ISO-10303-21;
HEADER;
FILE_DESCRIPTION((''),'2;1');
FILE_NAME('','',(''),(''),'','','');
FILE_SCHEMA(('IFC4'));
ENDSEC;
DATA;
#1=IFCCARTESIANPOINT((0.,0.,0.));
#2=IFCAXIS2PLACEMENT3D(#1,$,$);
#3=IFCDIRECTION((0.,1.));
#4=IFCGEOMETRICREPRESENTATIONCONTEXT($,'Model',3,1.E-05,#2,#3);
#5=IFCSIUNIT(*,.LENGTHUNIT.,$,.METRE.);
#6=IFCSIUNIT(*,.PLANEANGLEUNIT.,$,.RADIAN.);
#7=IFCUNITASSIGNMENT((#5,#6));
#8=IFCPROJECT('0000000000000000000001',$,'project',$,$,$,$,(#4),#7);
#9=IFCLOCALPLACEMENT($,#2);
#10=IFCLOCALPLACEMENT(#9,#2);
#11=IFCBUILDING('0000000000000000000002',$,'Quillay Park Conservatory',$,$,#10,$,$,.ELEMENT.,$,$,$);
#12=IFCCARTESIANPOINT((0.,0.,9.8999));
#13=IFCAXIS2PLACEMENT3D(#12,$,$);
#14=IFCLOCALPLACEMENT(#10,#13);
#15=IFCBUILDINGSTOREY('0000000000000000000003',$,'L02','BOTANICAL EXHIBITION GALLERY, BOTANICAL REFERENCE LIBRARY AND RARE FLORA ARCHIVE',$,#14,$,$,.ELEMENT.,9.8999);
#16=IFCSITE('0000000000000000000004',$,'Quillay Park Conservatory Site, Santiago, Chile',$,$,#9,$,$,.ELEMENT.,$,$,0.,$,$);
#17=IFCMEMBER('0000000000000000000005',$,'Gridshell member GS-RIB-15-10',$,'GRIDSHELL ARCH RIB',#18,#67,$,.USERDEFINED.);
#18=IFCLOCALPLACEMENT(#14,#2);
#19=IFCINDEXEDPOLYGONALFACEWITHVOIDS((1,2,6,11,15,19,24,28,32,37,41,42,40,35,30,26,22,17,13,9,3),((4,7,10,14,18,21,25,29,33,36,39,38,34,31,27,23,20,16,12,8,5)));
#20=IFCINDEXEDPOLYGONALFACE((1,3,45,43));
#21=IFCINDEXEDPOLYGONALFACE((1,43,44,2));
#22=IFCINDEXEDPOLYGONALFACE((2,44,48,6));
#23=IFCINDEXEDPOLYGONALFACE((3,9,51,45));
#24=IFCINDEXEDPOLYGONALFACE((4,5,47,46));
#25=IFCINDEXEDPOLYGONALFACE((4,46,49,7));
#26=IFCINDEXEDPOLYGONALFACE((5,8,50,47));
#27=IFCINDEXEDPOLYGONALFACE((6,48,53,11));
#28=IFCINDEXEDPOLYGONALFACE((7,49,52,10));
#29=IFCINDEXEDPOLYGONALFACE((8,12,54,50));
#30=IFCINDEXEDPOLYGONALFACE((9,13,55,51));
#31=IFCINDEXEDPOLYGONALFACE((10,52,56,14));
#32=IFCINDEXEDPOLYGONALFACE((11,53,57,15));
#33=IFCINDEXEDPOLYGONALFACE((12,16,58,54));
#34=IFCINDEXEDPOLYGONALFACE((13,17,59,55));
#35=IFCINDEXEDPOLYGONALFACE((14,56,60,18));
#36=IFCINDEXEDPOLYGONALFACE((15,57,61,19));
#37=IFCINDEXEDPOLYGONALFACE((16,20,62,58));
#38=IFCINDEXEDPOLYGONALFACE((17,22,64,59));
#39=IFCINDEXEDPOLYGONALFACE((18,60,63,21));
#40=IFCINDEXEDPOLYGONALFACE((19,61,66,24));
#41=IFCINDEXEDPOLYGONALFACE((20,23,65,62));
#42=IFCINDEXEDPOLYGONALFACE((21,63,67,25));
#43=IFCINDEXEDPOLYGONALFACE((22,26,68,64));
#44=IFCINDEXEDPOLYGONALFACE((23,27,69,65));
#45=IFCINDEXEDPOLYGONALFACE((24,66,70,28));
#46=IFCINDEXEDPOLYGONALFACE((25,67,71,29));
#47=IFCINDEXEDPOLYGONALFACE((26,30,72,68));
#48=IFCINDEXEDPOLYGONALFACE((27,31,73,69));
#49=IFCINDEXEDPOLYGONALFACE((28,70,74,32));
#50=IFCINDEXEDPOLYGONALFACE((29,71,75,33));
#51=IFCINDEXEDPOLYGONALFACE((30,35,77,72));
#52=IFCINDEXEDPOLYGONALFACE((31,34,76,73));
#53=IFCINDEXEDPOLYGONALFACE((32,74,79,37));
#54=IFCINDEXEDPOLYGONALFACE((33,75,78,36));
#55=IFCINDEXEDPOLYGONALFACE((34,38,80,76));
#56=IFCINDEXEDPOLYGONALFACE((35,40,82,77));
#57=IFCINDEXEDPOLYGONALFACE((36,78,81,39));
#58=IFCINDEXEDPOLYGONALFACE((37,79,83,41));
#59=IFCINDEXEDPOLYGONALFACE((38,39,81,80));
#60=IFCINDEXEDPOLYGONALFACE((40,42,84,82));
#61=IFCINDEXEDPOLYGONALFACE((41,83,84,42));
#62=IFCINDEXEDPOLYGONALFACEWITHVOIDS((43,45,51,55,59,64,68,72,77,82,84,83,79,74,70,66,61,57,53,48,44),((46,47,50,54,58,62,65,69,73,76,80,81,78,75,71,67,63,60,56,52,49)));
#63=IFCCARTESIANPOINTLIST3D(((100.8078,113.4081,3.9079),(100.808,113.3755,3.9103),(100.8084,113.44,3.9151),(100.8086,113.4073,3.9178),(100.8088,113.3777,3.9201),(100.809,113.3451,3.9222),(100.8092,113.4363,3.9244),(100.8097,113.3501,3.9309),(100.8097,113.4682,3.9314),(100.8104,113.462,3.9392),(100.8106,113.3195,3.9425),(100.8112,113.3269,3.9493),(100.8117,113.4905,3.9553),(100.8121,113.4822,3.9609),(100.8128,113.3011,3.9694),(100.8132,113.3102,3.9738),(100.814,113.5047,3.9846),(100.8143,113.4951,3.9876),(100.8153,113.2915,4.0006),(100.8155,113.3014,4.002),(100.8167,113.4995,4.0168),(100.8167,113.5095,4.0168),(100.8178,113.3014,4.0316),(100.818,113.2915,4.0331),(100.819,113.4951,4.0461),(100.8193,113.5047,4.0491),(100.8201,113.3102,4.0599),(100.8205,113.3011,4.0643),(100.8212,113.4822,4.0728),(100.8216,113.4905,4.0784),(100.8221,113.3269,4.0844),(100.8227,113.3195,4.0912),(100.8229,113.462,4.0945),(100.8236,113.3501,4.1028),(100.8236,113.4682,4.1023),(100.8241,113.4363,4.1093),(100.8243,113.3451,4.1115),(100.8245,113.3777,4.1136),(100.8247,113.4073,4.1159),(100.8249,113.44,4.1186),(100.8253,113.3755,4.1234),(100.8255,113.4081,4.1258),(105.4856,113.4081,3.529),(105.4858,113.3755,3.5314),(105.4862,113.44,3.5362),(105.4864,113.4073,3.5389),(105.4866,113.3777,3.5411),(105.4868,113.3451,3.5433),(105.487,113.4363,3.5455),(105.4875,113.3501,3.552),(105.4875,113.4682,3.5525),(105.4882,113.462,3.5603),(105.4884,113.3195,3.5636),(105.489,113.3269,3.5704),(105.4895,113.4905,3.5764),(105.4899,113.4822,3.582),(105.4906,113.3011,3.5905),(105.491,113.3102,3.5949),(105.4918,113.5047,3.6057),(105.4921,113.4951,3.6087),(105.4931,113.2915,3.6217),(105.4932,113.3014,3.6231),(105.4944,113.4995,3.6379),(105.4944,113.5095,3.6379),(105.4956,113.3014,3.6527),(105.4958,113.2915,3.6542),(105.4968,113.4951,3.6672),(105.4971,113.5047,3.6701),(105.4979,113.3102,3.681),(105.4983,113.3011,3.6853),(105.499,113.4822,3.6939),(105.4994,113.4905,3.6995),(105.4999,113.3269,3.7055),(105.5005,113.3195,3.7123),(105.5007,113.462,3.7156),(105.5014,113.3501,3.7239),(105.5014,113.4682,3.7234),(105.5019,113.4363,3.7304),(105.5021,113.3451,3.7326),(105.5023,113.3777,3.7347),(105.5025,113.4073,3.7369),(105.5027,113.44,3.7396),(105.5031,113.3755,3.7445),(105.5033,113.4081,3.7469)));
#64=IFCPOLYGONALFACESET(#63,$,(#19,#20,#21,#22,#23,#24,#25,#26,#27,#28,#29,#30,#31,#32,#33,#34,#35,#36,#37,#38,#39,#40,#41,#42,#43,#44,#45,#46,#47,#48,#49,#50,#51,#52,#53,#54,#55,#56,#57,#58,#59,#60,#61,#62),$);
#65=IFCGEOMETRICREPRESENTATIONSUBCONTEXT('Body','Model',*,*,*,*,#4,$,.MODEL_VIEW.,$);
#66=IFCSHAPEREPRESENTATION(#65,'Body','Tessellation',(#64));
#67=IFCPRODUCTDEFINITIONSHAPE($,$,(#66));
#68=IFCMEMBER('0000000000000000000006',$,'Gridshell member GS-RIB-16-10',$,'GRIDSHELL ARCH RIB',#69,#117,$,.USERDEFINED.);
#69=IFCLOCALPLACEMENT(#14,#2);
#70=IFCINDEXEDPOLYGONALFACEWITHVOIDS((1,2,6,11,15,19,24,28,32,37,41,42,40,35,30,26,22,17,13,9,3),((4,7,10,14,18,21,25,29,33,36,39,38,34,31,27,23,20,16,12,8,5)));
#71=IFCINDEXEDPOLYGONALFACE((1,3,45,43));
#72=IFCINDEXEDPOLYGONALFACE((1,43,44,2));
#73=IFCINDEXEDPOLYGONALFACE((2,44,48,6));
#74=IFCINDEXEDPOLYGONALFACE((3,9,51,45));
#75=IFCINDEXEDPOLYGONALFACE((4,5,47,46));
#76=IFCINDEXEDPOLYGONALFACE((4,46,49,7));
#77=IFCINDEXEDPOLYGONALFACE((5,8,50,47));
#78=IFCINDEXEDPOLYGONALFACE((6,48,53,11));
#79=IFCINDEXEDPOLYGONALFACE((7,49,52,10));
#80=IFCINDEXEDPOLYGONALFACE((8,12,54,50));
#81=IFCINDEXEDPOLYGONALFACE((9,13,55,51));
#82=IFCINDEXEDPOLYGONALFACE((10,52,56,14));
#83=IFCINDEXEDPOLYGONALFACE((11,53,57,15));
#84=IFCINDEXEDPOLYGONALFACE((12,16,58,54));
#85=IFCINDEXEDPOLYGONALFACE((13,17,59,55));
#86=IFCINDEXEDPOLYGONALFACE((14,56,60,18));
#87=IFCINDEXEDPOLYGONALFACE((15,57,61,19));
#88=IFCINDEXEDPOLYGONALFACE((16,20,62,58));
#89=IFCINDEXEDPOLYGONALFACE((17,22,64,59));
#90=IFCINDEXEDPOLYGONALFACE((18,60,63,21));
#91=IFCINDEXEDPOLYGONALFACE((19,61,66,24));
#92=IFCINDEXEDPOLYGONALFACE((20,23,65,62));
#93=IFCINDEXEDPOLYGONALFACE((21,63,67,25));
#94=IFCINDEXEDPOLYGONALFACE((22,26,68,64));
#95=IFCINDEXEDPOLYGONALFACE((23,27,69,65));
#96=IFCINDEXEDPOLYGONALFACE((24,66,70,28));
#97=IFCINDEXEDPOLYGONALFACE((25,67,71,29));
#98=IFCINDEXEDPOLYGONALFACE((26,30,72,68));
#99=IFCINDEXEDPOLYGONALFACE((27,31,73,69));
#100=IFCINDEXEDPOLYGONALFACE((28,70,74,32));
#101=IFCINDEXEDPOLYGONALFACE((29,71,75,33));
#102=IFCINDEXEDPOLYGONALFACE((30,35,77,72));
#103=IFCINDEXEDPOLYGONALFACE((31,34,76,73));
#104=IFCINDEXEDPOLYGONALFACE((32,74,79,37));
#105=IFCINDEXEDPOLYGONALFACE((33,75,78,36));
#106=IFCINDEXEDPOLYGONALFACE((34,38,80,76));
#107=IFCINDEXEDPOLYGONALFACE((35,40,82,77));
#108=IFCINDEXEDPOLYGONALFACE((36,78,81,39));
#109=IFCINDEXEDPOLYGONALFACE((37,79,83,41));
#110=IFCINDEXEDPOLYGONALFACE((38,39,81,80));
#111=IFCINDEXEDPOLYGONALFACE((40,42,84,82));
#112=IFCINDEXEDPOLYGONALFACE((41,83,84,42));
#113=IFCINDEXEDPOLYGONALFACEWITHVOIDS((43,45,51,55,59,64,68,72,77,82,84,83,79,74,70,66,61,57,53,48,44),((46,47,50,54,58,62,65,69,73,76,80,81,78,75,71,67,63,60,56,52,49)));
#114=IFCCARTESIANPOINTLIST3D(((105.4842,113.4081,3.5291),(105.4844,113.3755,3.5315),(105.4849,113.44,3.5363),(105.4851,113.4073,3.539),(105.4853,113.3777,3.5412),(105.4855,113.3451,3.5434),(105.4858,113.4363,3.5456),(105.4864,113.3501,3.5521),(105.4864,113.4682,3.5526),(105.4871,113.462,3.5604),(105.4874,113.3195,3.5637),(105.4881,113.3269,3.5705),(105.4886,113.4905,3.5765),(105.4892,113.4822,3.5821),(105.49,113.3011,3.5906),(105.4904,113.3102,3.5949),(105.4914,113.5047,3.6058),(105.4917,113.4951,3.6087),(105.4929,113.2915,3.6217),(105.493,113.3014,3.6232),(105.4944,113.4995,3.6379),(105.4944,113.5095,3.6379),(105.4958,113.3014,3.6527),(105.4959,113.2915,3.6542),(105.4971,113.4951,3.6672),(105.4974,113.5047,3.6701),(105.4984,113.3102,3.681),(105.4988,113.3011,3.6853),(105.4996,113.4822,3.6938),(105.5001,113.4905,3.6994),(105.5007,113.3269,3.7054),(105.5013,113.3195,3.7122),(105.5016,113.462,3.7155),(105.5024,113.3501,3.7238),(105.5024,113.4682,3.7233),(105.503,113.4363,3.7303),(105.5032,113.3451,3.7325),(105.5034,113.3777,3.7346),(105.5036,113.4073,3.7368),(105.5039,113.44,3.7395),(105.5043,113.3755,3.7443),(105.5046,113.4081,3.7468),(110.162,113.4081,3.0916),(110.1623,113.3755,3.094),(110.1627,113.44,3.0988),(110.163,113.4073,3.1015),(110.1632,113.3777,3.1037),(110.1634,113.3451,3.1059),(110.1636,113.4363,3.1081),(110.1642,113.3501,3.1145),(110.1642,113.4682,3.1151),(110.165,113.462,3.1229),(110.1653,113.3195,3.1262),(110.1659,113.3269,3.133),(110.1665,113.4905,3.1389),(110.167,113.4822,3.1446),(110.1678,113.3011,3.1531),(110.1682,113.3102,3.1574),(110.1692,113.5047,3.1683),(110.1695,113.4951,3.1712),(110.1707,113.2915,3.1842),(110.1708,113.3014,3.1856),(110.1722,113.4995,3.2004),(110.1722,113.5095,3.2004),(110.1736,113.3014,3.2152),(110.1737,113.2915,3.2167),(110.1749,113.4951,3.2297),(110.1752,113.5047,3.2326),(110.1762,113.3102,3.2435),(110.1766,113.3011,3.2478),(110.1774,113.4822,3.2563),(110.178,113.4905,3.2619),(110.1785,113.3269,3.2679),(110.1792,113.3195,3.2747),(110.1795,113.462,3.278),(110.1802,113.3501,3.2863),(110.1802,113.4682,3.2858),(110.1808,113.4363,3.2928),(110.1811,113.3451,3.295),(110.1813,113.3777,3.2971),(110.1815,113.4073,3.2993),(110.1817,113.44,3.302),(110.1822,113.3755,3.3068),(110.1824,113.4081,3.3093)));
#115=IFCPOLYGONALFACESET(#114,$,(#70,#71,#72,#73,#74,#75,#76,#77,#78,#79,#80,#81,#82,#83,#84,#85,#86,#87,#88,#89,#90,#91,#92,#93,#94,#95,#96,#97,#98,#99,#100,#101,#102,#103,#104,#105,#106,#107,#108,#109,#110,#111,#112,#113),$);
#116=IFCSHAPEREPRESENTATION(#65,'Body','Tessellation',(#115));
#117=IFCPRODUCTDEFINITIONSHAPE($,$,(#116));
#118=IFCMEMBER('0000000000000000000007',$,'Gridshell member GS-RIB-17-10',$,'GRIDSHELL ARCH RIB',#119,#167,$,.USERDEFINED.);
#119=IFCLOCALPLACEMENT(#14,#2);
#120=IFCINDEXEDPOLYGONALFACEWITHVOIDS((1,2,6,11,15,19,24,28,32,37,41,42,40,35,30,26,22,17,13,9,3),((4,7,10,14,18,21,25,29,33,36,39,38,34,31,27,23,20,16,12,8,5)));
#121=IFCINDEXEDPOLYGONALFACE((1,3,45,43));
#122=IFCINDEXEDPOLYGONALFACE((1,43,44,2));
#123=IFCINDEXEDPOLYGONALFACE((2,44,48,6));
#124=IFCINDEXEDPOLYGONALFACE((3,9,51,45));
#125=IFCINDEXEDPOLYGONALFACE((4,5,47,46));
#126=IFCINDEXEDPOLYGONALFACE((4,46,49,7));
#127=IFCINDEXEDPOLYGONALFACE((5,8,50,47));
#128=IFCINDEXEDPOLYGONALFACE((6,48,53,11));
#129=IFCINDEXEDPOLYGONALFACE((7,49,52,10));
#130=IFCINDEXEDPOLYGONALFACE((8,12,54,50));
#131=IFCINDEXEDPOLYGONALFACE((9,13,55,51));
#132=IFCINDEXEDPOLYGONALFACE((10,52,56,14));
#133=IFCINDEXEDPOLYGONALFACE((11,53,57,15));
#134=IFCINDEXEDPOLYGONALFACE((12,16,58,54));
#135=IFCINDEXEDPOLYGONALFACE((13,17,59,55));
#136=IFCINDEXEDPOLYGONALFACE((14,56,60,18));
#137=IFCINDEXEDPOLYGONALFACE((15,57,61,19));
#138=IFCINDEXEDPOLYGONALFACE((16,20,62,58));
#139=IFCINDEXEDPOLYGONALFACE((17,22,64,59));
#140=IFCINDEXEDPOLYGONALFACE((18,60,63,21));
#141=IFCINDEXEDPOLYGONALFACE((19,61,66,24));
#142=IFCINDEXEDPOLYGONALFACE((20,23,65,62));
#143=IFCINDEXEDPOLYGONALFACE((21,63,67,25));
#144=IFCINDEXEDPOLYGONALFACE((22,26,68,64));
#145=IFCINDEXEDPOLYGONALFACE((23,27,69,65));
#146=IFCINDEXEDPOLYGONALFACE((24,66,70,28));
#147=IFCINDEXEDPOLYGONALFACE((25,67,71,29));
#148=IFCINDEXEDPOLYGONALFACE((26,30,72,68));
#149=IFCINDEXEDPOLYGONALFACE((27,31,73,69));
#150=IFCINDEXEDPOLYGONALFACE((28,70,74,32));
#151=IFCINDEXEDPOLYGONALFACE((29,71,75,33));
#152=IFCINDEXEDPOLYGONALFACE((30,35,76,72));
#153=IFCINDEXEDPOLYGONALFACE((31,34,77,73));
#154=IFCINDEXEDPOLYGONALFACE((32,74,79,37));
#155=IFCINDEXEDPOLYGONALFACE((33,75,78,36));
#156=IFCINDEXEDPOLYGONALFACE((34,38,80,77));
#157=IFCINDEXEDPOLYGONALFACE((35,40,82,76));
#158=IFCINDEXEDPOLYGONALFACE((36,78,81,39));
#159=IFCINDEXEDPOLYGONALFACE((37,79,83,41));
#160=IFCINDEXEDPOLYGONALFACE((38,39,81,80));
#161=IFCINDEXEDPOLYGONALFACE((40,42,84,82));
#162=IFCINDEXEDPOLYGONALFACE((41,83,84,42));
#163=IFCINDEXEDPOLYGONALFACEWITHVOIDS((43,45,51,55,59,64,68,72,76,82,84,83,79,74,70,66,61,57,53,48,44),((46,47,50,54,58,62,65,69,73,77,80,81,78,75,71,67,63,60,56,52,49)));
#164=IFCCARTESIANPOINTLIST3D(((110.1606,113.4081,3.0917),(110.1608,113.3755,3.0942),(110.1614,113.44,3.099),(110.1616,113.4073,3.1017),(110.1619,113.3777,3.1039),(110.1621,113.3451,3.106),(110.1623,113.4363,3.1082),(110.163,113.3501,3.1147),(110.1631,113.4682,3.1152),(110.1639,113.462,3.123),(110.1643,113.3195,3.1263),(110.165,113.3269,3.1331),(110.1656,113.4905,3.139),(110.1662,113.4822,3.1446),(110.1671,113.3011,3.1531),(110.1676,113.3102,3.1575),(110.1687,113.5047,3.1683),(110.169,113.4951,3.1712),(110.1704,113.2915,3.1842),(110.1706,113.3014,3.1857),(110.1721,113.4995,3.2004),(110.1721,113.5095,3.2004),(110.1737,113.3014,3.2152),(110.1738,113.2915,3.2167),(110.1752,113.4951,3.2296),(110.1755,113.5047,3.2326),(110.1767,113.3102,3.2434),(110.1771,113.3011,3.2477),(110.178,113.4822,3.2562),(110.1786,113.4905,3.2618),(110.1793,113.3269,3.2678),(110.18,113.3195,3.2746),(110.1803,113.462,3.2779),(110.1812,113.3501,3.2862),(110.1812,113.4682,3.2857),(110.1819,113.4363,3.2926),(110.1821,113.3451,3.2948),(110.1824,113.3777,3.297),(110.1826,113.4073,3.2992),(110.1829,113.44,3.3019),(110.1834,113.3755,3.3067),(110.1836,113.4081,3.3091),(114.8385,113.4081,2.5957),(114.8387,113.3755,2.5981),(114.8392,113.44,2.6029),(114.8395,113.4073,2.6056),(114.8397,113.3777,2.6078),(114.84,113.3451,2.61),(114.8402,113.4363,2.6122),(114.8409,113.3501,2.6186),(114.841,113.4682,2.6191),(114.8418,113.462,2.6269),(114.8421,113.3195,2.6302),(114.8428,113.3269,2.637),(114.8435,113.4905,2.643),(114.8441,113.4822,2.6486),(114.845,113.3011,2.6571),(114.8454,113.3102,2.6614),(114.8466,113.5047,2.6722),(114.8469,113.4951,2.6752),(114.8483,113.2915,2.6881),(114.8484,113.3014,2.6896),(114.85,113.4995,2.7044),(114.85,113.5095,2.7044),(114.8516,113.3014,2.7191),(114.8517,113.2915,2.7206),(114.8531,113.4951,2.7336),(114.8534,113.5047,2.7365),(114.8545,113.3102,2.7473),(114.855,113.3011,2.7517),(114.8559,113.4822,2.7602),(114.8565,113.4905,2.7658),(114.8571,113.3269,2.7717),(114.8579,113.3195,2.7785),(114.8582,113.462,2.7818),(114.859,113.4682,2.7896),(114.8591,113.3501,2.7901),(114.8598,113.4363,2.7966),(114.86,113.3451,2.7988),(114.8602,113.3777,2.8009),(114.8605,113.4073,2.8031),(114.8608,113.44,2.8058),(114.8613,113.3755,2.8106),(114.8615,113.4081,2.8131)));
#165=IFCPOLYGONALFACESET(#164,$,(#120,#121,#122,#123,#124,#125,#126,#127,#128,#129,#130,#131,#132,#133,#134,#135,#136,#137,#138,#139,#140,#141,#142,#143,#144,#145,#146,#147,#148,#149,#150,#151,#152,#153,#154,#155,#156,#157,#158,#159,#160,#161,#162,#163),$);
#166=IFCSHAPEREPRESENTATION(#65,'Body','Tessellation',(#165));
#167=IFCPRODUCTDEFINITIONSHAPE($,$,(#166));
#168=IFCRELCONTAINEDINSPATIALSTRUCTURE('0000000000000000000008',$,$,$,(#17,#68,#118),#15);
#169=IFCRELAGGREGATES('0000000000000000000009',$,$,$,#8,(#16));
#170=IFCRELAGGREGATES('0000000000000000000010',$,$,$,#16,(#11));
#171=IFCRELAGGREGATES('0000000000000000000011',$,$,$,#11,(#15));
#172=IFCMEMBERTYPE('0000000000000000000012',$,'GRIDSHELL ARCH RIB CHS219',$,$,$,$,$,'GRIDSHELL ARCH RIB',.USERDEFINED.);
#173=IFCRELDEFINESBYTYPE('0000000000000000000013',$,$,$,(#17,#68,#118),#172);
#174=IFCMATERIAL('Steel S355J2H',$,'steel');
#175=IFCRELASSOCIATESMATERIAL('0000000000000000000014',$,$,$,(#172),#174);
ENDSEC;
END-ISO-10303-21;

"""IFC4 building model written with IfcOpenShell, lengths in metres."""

from ifc_helpers import new_model, si_unit, direction, frame, origin, origin_2d, place, context, subcontext, project, spatial, hollow_circle, extrude, material, material_profile, profile_set, type_object, element, save


model = new_model("IFC4")

# Units and contexts
model_context = context("Model", 3, precision=1e-05, world=origin(), true_north=direction((0.0, 1.0)))
body_context = subcontext(model_context, "Body", "Model", "MODEL_VIEW")
ifc_project = project(units=[si_unit("LENGTHUNIT", "METRE"), si_unit("PLANEANGLEUNIT", "RADIAN")], contexts=[model_context])

# Site, building, storey
site_placement = place(None, origin())
site = spatial("IfcSite", under=ifc_project, at=site_placement, Name="Quillay Park Conservatory Site, Santiago, Chile", CompositionType="ELEMENT", RefElevation=0.0)
building_placement = place(site_placement, origin())
building = spatial("IfcBuilding", under=site, at=building_placement, Name="Quillay Park Conservatory", CompositionType="ELEMENT")
storey_placement = place(building_placement, frame((0.0, 0.0, 9.8999)))
storey = spatial("IfcBuildingStorey", under=building, at=storey_placement, Name="L02", Description="BOTANICAL EXHIBITION GALLERY, BOTANICAL REFERENCE LIBRARY AND RARE FLORA ARCHIVE", CompositionType="ELEMENT", Elevation=9.8999)

# Members
ifc_material_1 = material(Name="Steel S355J2H", Category="steel")
ifc_material_profile_1 = material_profile(ifc_material_1, hollow_circle(Radius=0.1096, WallThickness=0.01, at=origin_2d()), Name="CHS219.1x10")
ifc_profile_set_1 = profile_set([ifc_material_profile_1], Name="Steel S355J2H")
member_type_1 = type_object("IfcMemberType", Name="GRIDSHELL ARCH RIB CHS219", ElementType="GRIDSHELL ARCH RIB", PredefinedType="USERDEFINED", material=ifc_profile_set_1)
member_1_placement = place(storey_placement, frame((100.8167, 113.3999, 4.0168), z_axis=(0.996735, 0.0, -0.080738), x_axis=(0.0, 1.0, 0.0)))
element("IfcMember", 1, at=member_1_placement, inside=storey, type_object=member_type_1, Name="Gridshell member GS-RIB-15-10", ObjectType="GRIDSHELL ARCH RIB", PredefinedType="USERDEFINED", context=body_context, shape_type="SweptSolid", body=[
    extrude(hollow_circle(Radius=0.1096, WallThickness=0.01, at=origin_2d()), origin(), (0.0, 0.0, 1.0), 4.6931),
])
member_2_placement = place(storey_placement, frame((105.4944, 113.3999, 3.6379), z_axis=(0.995655, 0.0, -0.093122), x_axis=(0.0, 1.0, 0.0)))
element("IfcMember", 2, at=member_2_placement, inside=storey, type_object=member_type_1, Name="Gridshell member GS-RIB-16-10", ObjectType="GRIDSHELL ARCH RIB", PredefinedType="USERDEFINED", context=body_context, shape_type="SweptSolid", body=[
    extrude(hollow_circle(Radius=0.1096, WallThickness=0.01, at=origin_2d()), origin(), (0.0, 0.0, 1.0), 4.6982),
])
member_3_placement = place(storey_placement, frame((110.1721, 113.3999, 3.2004), z_axis=(0.994424, 0.0, -0.105457), x_axis=(0.0, 1.0, 0.0)))
element("IfcMember", 3, at=member_3_placement, inside=storey, type_object=member_type_1, Name="Gridshell member GS-RIB-17-10", ObjectType="GRIDSHELL ARCH RIB", PredefinedType="USERDEFINED", context=body_context, shape_type="SweptSolid", body=[
    extrude(hollow_circle(Radius=0.1096, WallThickness=0.01, at=origin_2d()), origin(), (0.0, 0.0, 1.0), 4.7041),
])

save(model, "model.ifc")
